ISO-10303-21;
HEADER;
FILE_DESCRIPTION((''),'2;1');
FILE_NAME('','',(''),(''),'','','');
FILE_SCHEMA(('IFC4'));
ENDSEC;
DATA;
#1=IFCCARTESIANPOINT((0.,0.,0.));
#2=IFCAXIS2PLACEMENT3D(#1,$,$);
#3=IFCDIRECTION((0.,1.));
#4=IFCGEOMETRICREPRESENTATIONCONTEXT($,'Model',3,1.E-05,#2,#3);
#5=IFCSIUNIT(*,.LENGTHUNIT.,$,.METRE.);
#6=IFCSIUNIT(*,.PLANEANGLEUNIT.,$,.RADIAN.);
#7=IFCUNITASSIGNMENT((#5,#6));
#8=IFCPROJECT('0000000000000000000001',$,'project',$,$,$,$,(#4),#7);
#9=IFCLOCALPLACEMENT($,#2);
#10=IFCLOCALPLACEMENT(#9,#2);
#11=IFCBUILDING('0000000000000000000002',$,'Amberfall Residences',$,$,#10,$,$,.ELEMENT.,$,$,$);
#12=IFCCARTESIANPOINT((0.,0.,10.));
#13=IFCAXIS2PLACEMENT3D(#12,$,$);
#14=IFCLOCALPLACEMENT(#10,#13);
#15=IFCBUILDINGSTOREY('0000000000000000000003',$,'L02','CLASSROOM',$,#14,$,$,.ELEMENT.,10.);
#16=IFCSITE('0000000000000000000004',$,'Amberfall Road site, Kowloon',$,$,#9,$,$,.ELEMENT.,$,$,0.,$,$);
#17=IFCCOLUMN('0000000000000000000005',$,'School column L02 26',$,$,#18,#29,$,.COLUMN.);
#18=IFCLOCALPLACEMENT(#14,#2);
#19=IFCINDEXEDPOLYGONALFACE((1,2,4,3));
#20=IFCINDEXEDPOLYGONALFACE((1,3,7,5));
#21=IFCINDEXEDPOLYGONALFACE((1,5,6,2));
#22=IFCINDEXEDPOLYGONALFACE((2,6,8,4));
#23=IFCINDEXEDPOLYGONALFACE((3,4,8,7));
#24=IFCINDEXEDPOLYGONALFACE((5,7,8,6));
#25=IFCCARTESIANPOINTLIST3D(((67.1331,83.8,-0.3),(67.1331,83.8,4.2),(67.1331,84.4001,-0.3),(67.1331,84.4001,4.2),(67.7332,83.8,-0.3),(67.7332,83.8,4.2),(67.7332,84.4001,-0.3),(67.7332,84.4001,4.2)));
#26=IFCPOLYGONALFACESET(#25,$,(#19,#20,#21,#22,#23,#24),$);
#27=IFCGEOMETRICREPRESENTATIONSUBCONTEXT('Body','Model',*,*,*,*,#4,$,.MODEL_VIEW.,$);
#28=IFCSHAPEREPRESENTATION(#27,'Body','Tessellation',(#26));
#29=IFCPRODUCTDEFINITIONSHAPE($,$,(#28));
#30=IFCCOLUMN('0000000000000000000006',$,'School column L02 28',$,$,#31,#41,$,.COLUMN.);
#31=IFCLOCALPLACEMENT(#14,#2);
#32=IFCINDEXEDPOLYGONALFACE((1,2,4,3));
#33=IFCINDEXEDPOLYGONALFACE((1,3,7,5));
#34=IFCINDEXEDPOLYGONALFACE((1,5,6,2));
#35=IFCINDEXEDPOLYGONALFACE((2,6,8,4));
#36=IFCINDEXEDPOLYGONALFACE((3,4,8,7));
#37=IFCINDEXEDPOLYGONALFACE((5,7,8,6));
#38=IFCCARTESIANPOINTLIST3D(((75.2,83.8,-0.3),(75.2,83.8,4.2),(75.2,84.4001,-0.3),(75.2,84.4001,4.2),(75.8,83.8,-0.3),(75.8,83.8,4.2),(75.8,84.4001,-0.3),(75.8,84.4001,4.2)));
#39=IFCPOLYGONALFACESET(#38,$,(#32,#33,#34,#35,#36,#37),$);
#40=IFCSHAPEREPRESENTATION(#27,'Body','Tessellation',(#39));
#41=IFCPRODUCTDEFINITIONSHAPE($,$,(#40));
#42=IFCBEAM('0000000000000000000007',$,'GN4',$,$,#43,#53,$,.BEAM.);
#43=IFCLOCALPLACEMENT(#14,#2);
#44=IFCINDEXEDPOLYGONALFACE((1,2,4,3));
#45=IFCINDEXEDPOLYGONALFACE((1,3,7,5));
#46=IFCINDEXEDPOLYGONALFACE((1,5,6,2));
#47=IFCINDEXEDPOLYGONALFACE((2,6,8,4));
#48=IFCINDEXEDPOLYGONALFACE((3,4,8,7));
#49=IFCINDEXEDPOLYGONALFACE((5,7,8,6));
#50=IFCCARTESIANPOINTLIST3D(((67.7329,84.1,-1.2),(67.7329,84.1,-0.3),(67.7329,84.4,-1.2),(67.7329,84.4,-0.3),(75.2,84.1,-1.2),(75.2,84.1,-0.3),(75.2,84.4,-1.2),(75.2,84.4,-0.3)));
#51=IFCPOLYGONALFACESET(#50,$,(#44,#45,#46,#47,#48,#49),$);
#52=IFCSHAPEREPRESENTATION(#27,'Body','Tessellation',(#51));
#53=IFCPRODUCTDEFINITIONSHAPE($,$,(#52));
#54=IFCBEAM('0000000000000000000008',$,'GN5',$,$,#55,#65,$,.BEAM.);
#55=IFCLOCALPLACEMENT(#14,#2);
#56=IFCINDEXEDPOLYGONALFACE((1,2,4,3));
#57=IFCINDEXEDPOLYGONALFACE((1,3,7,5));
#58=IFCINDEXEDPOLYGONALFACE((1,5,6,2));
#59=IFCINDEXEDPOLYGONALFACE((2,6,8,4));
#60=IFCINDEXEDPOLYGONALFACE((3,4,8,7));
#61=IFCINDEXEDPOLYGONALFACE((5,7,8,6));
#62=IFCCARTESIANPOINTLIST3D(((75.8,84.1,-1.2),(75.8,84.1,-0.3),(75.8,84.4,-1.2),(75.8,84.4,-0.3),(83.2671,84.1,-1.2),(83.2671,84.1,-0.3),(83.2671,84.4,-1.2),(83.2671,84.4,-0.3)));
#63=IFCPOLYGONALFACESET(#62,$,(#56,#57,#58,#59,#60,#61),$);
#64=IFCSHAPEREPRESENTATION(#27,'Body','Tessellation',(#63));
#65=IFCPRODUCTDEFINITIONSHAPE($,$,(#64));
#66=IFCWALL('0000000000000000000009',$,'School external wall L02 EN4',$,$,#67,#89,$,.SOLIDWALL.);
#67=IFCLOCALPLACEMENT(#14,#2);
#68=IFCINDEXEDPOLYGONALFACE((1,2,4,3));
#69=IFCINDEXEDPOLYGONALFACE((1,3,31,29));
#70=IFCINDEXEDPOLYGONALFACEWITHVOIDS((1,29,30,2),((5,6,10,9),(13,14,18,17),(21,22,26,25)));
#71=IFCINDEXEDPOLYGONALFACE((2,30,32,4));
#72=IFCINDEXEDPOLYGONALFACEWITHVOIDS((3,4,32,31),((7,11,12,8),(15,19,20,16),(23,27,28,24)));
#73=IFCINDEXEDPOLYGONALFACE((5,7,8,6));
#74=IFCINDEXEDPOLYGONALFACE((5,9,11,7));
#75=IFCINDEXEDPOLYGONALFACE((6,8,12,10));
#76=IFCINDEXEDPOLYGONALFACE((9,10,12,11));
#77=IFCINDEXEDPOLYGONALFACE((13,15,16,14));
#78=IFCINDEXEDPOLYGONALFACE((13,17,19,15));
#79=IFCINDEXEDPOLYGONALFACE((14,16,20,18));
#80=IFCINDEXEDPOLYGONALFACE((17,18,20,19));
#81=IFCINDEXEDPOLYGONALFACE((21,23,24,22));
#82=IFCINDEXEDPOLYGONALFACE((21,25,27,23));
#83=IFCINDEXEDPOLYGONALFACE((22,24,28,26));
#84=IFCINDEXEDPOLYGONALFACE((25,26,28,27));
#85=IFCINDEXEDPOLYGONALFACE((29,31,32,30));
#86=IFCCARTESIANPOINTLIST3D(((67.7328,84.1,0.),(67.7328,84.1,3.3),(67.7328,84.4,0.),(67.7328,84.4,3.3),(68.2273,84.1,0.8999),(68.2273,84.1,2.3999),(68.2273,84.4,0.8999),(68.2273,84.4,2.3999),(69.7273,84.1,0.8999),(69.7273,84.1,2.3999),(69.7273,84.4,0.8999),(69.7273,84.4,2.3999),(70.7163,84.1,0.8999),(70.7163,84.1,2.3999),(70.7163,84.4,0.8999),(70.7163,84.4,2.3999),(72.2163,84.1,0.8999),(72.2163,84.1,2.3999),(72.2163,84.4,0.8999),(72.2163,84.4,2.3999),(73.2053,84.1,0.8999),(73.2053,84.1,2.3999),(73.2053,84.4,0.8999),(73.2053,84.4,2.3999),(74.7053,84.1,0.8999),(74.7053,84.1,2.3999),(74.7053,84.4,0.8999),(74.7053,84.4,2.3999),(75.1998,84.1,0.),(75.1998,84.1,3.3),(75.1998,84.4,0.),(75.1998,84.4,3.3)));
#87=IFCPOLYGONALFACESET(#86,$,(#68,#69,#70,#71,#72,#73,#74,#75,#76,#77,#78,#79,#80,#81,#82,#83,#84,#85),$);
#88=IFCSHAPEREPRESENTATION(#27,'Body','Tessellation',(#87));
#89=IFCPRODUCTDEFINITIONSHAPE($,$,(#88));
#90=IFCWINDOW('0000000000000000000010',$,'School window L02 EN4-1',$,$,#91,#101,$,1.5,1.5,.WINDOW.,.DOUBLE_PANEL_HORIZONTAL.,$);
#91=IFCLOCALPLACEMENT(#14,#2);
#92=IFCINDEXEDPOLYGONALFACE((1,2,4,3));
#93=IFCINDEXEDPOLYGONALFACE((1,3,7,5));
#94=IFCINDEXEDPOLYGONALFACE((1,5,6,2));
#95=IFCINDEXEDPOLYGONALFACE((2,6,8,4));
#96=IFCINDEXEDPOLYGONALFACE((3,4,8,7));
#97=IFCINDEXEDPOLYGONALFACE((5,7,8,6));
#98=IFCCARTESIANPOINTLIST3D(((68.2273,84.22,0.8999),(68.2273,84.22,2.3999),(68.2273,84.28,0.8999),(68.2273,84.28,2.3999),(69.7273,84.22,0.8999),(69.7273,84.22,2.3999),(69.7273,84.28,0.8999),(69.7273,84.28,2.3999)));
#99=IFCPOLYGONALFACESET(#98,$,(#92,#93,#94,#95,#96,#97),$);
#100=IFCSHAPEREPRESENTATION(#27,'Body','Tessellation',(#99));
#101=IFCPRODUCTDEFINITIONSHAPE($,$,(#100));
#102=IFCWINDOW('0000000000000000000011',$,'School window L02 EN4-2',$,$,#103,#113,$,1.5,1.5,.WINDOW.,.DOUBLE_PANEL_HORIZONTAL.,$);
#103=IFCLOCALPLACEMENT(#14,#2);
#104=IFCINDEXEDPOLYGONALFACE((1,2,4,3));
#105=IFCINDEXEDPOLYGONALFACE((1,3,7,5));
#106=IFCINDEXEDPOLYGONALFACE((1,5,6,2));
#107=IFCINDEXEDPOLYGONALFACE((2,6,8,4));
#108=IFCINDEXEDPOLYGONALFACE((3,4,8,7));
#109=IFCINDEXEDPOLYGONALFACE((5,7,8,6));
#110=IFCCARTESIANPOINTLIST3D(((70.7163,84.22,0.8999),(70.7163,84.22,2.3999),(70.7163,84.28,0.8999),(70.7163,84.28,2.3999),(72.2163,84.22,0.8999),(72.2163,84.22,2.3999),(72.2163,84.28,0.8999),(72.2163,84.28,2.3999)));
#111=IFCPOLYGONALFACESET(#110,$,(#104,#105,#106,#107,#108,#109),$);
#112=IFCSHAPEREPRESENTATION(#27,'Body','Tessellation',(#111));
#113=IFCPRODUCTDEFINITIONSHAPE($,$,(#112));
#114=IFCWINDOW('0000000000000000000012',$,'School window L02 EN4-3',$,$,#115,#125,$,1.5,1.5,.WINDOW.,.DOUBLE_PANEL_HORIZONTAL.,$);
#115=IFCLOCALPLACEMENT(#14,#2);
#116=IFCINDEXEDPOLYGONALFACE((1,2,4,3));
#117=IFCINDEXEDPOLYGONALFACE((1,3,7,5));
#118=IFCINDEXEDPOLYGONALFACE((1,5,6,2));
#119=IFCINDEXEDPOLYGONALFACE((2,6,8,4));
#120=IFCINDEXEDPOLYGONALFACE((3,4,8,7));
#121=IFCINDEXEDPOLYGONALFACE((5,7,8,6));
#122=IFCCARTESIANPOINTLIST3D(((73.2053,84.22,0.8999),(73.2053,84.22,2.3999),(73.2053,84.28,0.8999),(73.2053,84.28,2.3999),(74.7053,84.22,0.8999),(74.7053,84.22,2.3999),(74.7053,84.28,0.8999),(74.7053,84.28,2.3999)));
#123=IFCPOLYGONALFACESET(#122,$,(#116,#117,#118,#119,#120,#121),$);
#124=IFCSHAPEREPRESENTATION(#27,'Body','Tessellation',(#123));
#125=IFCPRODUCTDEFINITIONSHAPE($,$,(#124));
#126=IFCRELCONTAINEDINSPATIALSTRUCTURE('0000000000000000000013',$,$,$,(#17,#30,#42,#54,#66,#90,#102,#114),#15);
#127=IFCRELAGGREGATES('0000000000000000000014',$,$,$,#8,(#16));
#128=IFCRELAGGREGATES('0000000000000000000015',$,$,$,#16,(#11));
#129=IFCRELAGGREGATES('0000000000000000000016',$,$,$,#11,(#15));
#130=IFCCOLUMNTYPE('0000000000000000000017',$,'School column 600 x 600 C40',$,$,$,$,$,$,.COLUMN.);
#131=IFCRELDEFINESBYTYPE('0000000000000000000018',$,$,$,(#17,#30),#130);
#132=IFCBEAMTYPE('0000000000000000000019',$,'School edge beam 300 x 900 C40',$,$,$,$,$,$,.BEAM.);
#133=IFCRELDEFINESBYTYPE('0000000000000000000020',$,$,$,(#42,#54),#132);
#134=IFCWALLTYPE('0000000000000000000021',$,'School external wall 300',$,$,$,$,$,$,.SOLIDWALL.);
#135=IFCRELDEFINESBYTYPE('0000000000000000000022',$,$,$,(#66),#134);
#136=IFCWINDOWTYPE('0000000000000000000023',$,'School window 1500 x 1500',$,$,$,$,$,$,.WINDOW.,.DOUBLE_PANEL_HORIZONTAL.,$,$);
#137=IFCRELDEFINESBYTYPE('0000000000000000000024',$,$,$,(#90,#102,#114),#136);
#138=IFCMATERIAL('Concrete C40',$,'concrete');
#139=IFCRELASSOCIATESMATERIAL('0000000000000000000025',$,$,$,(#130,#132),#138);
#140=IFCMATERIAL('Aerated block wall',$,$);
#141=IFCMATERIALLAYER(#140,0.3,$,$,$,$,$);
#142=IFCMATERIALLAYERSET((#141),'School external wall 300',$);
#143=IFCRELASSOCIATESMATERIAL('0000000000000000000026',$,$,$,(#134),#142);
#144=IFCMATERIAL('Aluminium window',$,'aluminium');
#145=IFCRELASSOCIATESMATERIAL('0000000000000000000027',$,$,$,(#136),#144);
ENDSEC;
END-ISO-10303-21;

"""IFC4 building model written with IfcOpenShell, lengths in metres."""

from ifc_helpers import new_model, si_unit, direction, frame, frame_2d, origin, origin_2d, place, context, subcontext, project, spatial, rectangle, extrude, material, layer, layer_set, material_profile, profile_set, type_object, element, fill, save


model = new_model("IFC4")

# Units and contexts
model_context = context("Model", 3, precision=1e-05, world=origin(), true_north=direction((0.0, 1.0)))
body_context = subcontext(model_context, "Body", "Model", "MODEL_VIEW")
ifc_project = project(units=[si_unit("LENGTHUNIT", "METRE"), si_unit("PLANEANGLEUNIT", "RADIAN")], contexts=[model_context])

# Site, building, storey
site_placement = place(None, origin())
site = spatial("IfcSite", under=ifc_project, at=site_placement, Name="Amberfall Road site, Kowloon", CompositionType="ELEMENT", RefElevation=0.0)
building_placement = place(site_placement, origin())
building = spatial("IfcBuilding", under=site, at=building_placement, Name="Amberfall Residences", CompositionType="ELEMENT")
storey_placement = place(building_placement, frame((0.0, 0.0, 10.0)))
storey = spatial("IfcBuildingStorey", under=building, at=storey_placement, Name="L02", Description="CLASSROOM", CompositionType="ELEMENT", Elevation=10.0)

# Columns
ifc_material_1 = material(Name="Concrete C40", Category="concrete")
ifc_material_profile_1 = material_profile(ifc_material_1, rectangle(XDim=0.6001, YDim=0.6001, at=origin_2d()), Name="School column 600 x 600 C40")
ifc_profile_set_1 = profile_set([ifc_material_profile_1], Name="Concrete C40")
column_type = type_object("IfcColumnType", Name="School column 600 x 600 C40", PredefinedType="COLUMN", material=ifc_profile_set_1)
for number, where, z_axis, x_axis, name in (
    (1, (67.4331, 84.1001, -0.3), (0.0, 0.0, 1.0), (1.0, 0.0, 0.0), "School column L02 26"),
    (2, (75.5, 84.1001, -0.3), (0.0, 0.0, 1.0), (1.0, 0.0, 0.0), "School column L02 28"),
):
    element("IfcColumn", number, at=place(storey_placement, frame(where, z_axis=z_axis, x_axis=x_axis)), inside=storey, type_object=column_type, Name=name, PredefinedType="COLUMN", context=body_context, shape_type="SweptSolid", body=[
        extrude(rectangle(XDim=0.6001, YDim=0.6001, at=origin_2d()), origin(), (0.0, 0.0, 1.0), 4.5),
    ])

# Beams
ifc_material_profile_2 = material_profile(ifc_material_1, rectangle(XDim=0.3, YDim=0.8999, at=origin_2d()), Name="School edge beam 300 x 900 C40")
ifc_profile_set_2 = profile_set([ifc_material_profile_2], Name="Concrete C40")
beam_type = type_object("IfcBeamType", Name="School edge beam 300 x 900 C40", PredefinedType="BEAM", material=ifc_profile_set_2)
for number, where, z_axis, x_axis, name in (
    (3, (67.7329, 84.25, -0.75), (1.0, 0.0, 0.0), (0.0, 1.0, 0.0), "GN4"),
    (4, (75.8, 84.25, -0.75), (1.0, 0.0, 0.0), (0.0, 1.0, 0.0), "GN5"),
):
    element("IfcBeam", number, at=place(storey_placement, frame(where, z_axis=z_axis, x_axis=x_axis)), inside=storey, type_object=beam_type, Name=name, PredefinedType="BEAM", context=body_context, shape_type="SweptSolid", body=[
        extrude(rectangle(XDim=0.3, YDim=0.8999, at=origin_2d()), origin(), (0.0, 0.0, 1.0), 7.467),
    ])

# Wall, openings, windows
ifc_material_2 = material(Name="Aerated block wall")
ifc_layer_1 = layer(ifc_material_2, 0.3)
ifc_layer_set_1 = layer_set([ifc_layer_1], Name="School external wall 300")
wall_type_1 = type_object("IfcWallType", Name="School external wall 300", PredefinedType="SOLIDWALL", material=ifc_layer_set_1)
wall_1_placement = place(storey_placement, frame((67.7329, 84.25, 0.0), z_axis=(0.0, 0.0, 1.0), x_axis=(1.0, 0.0, 0.0)))
wall_1 = element("IfcWall", 5, at=wall_1_placement, inside=storey, type_object=wall_type_1, Name="School external wall L02 EN4", PredefinedType="SOLIDWALL", context=body_context, shape_type="SweptSolid", body=[
    extrude(rectangle(XDim=7.467, YDim=0.3, at=frame_2d((3.7334, 0.0))), origin(), (0.0, 0.0, 1.0), 3.3),
])
opening_1_placement = place(wall_1_placement, frame((0.4944, 0.0, 0.8999)))
opening_1 = element("IfcOpeningElement", 6, at=opening_1_placement, cuts=wall_1, PredefinedType="OPENING", context=body_context, shape_type="SweptSolid", body=[
    extrude(rectangle(XDim=1.5, YDim=1.5, at=frame_2d((0.75, 0.75))), frame((0.0, 0.1599, 0.0), z_axis=(0.0, -1.0, 0.0), x_axis=(1.0, 0.0, 0.0)), (0.0, 0.0, 1.0), 0.3201),
])
opening_2_placement = place(wall_1_placement, frame((2.9834, 0.0, 0.8999)))
opening_2 = element("IfcOpeningElement", 7, at=opening_2_placement, cuts=wall_1, PredefinedType="OPENING", context=body_context, shape_type="SweptSolid", body=[
    extrude(rectangle(XDim=1.5, YDim=1.5, at=frame_2d((0.75, 0.75))), frame((0.0, 0.1599, 0.0), z_axis=(0.0, -1.0, 0.0), x_axis=(1.0, 0.0, 0.0)), (0.0, 0.0, 1.0), 0.3201),
])
opening_3_placement = place(wall_1_placement, frame((5.4724, 0.0, 0.8999)))
opening_3 = element("IfcOpeningElement", 8, at=opening_3_placement, cuts=wall_1, PredefinedType="OPENING", context=body_context, shape_type="SweptSolid", body=[
    extrude(rectangle(XDim=1.5, YDim=1.5, at=frame_2d((0.75, 0.75))), frame((0.0, 0.1599, 0.0), z_axis=(0.0, -1.0, 0.0), x_axis=(1.0, 0.0, 0.0)), (0.0, 0.0, 1.0), 0.3201),
])
ifc_material_3 = material(Name="Aluminium window", Category="aluminium")
window_type = type_object("IfcWindowType", Name="School window 1500 x 1500", PartitioningType="DOUBLE_PANEL_HORIZONTAL", PredefinedType="WINDOW", material=ifc_material_3)
window_1_placement = place(opening_1_placement, origin())
window_1 = element("IfcWindow", 9, at=window_1_placement, inside=storey, type_object=window_type, Name="School window L02 EN4-1", OverallHeight=1.5, OverallWidth=1.5, PartitioningType="DOUBLE_PANEL_HORIZONTAL", PredefinedType="WINDOW", context=body_context, shape_type="SweptSolid", body=[
    extrude(rectangle(XDim=1.5, YDim=1.5, at=frame_2d((0.75, 0.75))), frame((0.0, 0.03, 0.0), z_axis=(0.0, -1.0, 0.0), x_axis=(1.0, 0.0, 0.0)), (0.0, 0.0, 1.0), 0.0601),
])
fill(opening_1, window_1)
window_2_placement = place(opening_2_placement, origin())
window_2 = element("IfcWindow", 10, at=window_2_placement, inside=storey, type_object=window_type, Name="School window L02 EN4-2", OverallHeight=1.5, OverallWidth=1.5, PartitioningType="DOUBLE_PANEL_HORIZONTAL", PredefinedType="WINDOW", context=body_context, shape_type="SweptSolid", body=[
    extrude(rectangle(XDim=1.5, YDim=1.5, at=frame_2d((0.75, 0.75))), frame((0.0, 0.03, 0.0), z_axis=(0.0, -1.0, 0.0), x_axis=(1.0, 0.0, 0.0)), (0.0, 0.0, 1.0), 0.0601),
])
fill(opening_2, window_2)
window_3_placement = place(opening_3_placement, origin())
window_3 = element("IfcWindow", 11, at=window_3_placement, inside=storey, type_object=window_type, Name="School window L02 EN4-3", OverallHeight=1.5, OverallWidth=1.5, PartitioningType="DOUBLE_PANEL_HORIZONTAL", PredefinedType="WINDOW", context=body_context, shape_type="SweptSolid", body=[
    extrude(rectangle(XDim=1.5, YDim=1.5, at=frame_2d((0.75, 0.75))), frame((0.0, 0.03, 0.0), z_axis=(0.0, -1.0, 0.0), x_axis=(1.0, 0.0, 0.0)), (0.0, 0.0, 1.0), 0.0601),
])
fill(opening_3, window_3)

save(model, "model.ifc")
